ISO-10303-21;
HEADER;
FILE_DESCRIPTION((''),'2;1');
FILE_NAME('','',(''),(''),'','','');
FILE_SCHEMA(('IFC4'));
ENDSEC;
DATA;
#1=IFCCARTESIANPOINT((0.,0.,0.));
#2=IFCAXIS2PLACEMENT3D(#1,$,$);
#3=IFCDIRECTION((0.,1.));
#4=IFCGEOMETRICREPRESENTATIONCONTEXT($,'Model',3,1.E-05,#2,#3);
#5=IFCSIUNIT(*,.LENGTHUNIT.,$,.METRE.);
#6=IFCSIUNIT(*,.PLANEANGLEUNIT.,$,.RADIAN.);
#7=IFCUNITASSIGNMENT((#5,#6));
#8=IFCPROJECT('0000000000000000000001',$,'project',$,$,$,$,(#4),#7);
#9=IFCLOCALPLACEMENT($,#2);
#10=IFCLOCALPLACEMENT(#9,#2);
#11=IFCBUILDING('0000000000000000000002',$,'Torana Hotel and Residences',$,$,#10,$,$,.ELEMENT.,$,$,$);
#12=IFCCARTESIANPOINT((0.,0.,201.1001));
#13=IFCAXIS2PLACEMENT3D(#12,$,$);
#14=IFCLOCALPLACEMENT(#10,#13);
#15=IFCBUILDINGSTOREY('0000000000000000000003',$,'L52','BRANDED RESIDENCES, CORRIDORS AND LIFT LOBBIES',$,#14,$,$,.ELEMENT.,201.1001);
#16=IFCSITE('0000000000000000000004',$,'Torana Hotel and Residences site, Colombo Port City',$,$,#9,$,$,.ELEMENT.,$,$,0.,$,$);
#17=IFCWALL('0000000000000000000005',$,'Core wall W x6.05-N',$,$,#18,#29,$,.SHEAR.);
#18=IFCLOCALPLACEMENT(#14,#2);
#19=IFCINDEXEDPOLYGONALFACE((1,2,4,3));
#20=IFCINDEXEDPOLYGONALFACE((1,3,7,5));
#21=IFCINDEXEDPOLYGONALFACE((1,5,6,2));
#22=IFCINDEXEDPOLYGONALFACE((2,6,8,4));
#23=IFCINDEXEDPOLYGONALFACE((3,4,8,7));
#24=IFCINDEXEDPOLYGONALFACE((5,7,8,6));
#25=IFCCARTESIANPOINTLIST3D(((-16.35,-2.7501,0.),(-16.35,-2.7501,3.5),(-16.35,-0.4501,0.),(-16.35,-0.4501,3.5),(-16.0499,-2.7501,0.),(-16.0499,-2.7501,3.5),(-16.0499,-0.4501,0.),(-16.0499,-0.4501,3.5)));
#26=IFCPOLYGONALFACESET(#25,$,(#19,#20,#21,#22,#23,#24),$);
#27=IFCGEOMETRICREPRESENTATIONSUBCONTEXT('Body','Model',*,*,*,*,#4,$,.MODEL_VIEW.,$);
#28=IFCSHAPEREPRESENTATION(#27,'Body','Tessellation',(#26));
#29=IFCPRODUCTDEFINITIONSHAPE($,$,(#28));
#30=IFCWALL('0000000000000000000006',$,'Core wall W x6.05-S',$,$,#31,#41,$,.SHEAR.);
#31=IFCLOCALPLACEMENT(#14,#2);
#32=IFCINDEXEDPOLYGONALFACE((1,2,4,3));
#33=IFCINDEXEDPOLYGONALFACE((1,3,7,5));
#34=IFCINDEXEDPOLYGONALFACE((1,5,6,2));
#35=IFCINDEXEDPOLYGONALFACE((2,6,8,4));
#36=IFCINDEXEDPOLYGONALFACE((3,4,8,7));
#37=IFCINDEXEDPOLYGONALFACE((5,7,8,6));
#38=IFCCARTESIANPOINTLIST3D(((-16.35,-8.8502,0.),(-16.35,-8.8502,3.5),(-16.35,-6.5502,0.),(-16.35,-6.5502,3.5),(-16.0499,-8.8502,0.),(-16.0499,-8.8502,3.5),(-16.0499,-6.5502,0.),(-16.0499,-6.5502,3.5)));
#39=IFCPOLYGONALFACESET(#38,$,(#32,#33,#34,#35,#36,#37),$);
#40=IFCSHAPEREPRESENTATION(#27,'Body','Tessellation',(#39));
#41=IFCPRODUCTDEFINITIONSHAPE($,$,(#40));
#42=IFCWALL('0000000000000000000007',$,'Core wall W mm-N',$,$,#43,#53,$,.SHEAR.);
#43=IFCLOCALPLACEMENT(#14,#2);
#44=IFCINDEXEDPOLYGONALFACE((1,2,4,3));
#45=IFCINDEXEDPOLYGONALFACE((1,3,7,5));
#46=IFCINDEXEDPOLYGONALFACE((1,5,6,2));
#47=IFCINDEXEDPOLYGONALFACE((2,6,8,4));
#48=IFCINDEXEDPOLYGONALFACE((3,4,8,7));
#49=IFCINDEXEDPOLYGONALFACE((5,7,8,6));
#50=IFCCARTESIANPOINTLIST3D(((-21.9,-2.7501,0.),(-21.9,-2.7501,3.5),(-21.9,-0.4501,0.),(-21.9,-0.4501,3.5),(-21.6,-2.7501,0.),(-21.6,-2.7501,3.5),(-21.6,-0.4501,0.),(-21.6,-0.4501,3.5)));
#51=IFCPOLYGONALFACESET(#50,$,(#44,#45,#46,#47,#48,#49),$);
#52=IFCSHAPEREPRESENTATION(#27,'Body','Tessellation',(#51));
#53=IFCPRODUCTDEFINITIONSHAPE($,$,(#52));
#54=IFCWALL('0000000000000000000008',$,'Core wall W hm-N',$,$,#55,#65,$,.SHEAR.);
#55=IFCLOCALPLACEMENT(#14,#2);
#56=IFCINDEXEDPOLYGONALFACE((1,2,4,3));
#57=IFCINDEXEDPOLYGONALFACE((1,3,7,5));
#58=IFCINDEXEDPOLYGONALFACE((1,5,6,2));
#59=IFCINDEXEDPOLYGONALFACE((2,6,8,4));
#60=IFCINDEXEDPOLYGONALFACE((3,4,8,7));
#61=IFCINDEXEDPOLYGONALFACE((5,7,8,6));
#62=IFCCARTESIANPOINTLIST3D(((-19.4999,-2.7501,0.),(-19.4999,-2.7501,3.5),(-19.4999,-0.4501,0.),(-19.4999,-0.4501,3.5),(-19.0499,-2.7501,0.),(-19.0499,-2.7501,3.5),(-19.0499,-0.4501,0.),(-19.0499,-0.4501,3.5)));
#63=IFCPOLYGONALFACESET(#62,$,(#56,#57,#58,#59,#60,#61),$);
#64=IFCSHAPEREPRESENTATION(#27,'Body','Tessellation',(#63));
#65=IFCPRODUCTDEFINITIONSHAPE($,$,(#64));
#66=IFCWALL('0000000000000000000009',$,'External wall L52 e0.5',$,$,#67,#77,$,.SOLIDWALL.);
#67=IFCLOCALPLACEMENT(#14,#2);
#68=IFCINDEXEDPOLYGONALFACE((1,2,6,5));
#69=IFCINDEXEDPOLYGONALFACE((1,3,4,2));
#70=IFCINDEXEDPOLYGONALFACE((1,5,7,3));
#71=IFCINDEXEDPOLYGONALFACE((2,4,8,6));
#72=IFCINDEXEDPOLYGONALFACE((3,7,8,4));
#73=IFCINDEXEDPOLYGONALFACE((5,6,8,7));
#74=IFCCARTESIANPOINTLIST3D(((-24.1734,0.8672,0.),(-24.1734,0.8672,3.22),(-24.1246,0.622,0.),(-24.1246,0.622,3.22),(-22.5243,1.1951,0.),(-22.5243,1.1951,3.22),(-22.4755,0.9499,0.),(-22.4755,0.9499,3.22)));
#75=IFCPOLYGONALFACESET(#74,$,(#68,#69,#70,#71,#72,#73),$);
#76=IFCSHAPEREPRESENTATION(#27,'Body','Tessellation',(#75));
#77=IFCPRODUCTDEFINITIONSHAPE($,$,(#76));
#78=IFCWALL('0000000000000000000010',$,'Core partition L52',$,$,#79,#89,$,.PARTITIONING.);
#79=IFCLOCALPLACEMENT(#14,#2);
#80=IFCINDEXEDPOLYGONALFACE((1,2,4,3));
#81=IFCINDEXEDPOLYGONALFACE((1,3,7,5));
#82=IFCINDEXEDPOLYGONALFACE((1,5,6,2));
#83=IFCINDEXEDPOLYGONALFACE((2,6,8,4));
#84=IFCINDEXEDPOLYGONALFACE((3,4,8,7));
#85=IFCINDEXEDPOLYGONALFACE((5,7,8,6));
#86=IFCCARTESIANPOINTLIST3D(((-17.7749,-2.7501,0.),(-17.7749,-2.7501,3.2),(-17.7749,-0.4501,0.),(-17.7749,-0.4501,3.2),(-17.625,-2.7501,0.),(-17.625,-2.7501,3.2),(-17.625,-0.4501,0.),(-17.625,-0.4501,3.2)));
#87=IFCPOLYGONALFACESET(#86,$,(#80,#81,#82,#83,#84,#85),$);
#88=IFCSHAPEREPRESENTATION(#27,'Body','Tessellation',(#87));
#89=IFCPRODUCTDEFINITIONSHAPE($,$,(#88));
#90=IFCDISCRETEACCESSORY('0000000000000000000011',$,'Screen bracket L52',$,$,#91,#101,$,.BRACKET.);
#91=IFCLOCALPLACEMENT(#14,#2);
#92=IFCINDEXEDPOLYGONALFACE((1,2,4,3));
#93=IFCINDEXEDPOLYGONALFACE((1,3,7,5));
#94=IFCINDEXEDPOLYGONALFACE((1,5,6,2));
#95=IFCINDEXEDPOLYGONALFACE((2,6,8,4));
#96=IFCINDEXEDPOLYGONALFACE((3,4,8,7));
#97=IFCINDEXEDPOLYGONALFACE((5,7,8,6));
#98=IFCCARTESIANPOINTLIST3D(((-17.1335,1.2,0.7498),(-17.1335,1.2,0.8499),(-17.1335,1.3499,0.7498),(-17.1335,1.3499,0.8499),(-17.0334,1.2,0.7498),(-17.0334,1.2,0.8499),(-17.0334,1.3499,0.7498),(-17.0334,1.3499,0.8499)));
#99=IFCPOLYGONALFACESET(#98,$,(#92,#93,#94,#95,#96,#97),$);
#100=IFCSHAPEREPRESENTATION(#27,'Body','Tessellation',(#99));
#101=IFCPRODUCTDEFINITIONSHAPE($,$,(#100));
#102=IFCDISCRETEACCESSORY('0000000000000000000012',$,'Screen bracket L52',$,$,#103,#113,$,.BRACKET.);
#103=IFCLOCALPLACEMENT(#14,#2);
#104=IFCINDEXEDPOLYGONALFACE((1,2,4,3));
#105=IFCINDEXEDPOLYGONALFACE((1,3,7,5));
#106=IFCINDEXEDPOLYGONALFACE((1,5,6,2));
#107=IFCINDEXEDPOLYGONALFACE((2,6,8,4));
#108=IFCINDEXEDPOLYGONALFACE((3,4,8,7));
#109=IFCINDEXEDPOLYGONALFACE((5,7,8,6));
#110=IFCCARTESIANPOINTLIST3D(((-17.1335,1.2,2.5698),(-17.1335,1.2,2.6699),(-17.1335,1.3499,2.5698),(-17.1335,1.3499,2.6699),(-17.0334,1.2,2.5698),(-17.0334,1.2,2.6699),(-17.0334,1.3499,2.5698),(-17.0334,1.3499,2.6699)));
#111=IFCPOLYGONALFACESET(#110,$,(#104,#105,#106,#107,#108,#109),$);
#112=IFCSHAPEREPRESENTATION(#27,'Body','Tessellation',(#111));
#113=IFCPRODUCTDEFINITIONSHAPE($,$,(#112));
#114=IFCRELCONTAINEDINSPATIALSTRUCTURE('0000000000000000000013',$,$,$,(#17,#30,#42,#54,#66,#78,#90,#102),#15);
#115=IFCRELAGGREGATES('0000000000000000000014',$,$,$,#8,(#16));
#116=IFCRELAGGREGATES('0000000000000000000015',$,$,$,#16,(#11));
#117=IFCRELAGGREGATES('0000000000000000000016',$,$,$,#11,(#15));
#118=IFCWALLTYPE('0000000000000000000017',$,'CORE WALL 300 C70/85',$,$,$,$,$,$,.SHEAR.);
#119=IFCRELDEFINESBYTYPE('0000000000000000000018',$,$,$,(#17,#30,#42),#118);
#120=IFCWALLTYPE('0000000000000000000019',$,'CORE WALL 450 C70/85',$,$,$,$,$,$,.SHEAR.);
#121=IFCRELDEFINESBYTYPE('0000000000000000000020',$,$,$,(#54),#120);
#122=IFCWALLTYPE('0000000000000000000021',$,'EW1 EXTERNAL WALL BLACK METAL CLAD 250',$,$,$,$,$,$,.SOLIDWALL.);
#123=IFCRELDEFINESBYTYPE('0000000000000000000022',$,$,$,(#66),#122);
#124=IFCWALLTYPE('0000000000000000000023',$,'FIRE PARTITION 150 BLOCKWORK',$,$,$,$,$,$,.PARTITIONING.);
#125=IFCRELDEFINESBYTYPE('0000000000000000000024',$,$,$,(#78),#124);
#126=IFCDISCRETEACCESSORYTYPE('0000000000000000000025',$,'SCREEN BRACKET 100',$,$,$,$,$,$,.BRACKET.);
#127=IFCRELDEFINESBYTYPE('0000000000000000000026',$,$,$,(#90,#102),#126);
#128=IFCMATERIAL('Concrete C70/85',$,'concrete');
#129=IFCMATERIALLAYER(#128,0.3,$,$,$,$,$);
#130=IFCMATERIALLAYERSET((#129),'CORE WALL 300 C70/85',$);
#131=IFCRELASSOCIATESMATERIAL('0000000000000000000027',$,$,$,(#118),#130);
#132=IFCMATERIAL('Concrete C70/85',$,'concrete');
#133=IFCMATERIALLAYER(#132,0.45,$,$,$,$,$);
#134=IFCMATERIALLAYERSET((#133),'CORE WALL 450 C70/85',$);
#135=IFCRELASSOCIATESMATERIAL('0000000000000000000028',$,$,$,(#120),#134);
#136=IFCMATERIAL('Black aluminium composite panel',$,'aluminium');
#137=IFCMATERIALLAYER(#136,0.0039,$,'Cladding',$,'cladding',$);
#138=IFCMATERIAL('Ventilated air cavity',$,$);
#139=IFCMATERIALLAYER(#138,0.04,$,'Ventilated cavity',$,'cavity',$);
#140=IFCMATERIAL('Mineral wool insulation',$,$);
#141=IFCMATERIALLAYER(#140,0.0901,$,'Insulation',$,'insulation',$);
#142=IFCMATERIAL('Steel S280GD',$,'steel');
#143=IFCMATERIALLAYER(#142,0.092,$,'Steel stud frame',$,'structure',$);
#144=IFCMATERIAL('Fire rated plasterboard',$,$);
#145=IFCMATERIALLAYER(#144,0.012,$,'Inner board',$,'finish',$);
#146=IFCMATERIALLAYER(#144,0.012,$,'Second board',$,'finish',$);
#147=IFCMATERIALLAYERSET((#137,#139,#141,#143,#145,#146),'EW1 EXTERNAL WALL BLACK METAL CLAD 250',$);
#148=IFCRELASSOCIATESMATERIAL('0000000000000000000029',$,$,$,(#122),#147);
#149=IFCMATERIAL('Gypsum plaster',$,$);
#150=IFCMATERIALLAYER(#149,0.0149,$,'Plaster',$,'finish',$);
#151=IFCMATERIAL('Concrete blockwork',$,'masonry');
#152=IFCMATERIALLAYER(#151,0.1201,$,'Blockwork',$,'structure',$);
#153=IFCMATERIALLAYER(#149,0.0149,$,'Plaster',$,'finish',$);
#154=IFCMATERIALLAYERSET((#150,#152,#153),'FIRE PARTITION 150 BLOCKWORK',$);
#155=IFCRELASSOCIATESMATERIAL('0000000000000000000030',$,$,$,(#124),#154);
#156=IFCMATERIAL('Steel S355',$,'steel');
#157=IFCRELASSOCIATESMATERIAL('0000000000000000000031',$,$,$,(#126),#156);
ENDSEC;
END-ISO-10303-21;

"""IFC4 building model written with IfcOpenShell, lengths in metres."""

from ifc_helpers import new_model, si_unit, direction, frame, frame_2d, origin, origin_2d, place, context, subcontext, project, spatial, rectangle, extrude, material, layer, layer_set, type_object, element, save


model = new_model("IFC4")

# Units and contexts
model_context = context("Model", 3, precision=1e-05, world=origin(), true_north=direction((0.0, 1.0)))
body_context = subcontext(model_context, "Body", "Model", "MODEL_VIEW")
ifc_project = project(units=[si_unit("LENGTHUNIT", "METRE"), si_unit("PLANEANGLEUNIT", "RADIAN")], contexts=[model_context])

# Site, building, storey
site_placement = place(None, origin())
site = spatial("IfcSite", under=ifc_project, at=site_placement, Name="Torana Hotel and Residences site, Colombo Port City", CompositionType="ELEMENT", RefElevation=0.0)
building_placement = place(site_placement, origin())
building = spatial("IfcBuilding", under=site, at=building_placement, Name="Torana Hotel and Residences", CompositionType="ELEMENT")
storey_placement = place(building_placement, frame((0.0, 0.0, 201.1001)))
storey = spatial("IfcBuildingStorey", under=building, at=storey_placement, Name="L52", Description="BRANDED RESIDENCES, CORRIDORS AND LIFT LOBBIES", CompositionType="ELEMENT", Elevation=201.1001)

# Walls
ifc_material_1 = material(Name="Concrete C70/85", Category="concrete")
ifc_layer_1 = layer(ifc_material_1, 0.3)
ifc_layer_set_1 = layer_set([ifc_layer_1], Name="CORE WALL 300 C70/85")
wall_type_1 = type_object("IfcWallType", Name="CORE WALL 300 C70/85", PredefinedType="SHEAR", material=ifc_layer_set_1)
for number, where, z_axis, x_axis, name in (
    (1, (-16.2, -2.75, 0.0), (0.0, 0.0, 1.0), (0.0, 1.0, 0.0), "Core wall W x6.05-N"),
    (2, (-16.2, -8.8501, 0.0), (0.0, 0.0, 1.0), (0.0, 1.0, 0.0), "Core wall W x6.05-S"),
    (3, (-21.75, -2.75, 0.0), (0.0, 0.0, 1.0), (0.0, 1.0, 0.0), "Core wall W mm-N"),
):
    element("IfcWall", number, at=place(storey_placement, frame(where, z_axis=z_axis, x_axis=x_axis)), inside=storey, type_object=wall_type_1, Name=name, PredefinedType="SHEAR", context=body_context, shape_type="SweptSolid", body=[
        extrude(rectangle(XDim=2.3, YDim=0.3, at=frame_2d((1.1499, 0.0))), origin(), (0.0, 0.0, 1.0), 3.5),
    ])
ifc_material_2 = material(Name="Concrete C70/85", Category="concrete")
ifc_layer_2 = layer(ifc_material_2, 0.45)
ifc_layer_set_2 = layer_set([ifc_layer_2], Name="CORE WALL 450 C70/85")
wall_type_2 = type_object("IfcWallType", Name="CORE WALL 450 C70/85", PredefinedType="SHEAR", material=ifc_layer_set_2)
wall_1_placement = place(storey_placement, frame((-19.2749, -2.75, 0.0), z_axis=(0.0, 0.0, 1.0), x_axis=(0.0, 1.0, 0.0)))
element("IfcWall", 4, at=wall_1_placement, inside=storey, type_object=wall_type_2, Name="Core wall W hm-N", PredefinedType="SHEAR", context=body_context, shape_type="SweptSolid", body=[
    extrude(rectangle(XDim=2.3, YDim=0.45, at=frame_2d((1.1499, 0.0))), origin(), (0.0, 0.0, 1.0), 3.5),
])
ifc_material_3 = material(Name="Black aluminium composite panel", Category="aluminium")
ifc_layer_3 = layer(ifc_material_3, 0.0039, Name="Cladding", Category="cladding")
ifc_material_4 = material(Name="Ventilated air cavity")
ifc_layer_4 = layer(ifc_material_4, 0.04, Name="Ventilated cavity", Category="cavity")
ifc_material_5 = material(Name="Mineral wool insulation")
ifc_layer_5 = layer(ifc_material_5, 0.0901, Name="Insulation", Category="insulation")
ifc_material_6 = material(Name="Steel S280GD", Category="steel")
ifc_layer_6 = layer(ifc_material_6, 0.092, Name="Steel stud frame", Category="structure")
ifc_material_7 = material(Name="Fire rated plasterboard")
ifc_layer_7 = layer(ifc_material_7, 0.012, Name="Inner board", Category="finish")
ifc_layer_8 = layer(ifc_material_7, 0.012, Name="Second board", Category="finish")
ifc_layer_set_3 = layer_set([ifc_layer_3, ifc_layer_4, ifc_layer_5, ifc_layer_6, ifc_layer_7, ifc_layer_8], Name="EW1 EXTERNAL WALL BLACK METAL CLAD 250")
wall_type_3 = type_object("IfcWallType", Name="EW1 EXTERNAL WALL BLACK METAL CLAD 250", PredefinedType="SOLIDWALL", material=ifc_layer_set_3)
wall_2_placement = place(storey_placement, frame((-22.4998, 1.0725, 0.0), z_axis=(0.0, 0.0, 1.0), x_axis=(-0.980803, -0.194999, 0.0)))
element("IfcWall", 5, at=wall_2_placement, inside=storey, type_object=wall_type_3, Name="External wall L52 e0.5", PredefinedType="SOLIDWALL", context=body_context, shape_type="SweptSolid", body=[
    extrude(rectangle(XDim=1.6814, YDim=0.25, at=frame_2d((0.8408, 0.0))), origin(), (0.0, 0.0, 1.0), 3.22),
])
ifc_material_8 = material(Name="Gypsum plaster")
ifc_layer_9 = layer(ifc_material_8, 0.0149, Name="Plaster", Category="finish")
ifc_material_9 = material(Name="Concrete blockwork", Category="masonry")
ifc_layer_10 = layer(ifc_material_9, 0.1201, Name="Blockwork", Category="structure")
ifc_layer_11 = layer(ifc_material_8, 0.0149, Name="Plaster", Category="finish")
ifc_layer_set_4 = layer_set([ifc_layer_9, ifc_layer_10, ifc_layer_11], Name="FIRE PARTITION 150 BLOCKWORK")
wall_type_4 = type_object("IfcWallType", Name="FIRE PARTITION 150 BLOCKWORK", PredefinedType="PARTITIONING", material=ifc_layer_set_4)
wall_3_placement = place(storey_placement, frame((-17.7, -2.75, 0.0), z_axis=(0.0, 0.0, 1.0), x_axis=(0.0, 1.0, 0.0)))
element("IfcWall", 6, at=wall_3_placement, inside=storey, type_object=wall_type_4, Name="Core partition L52", PredefinedType="PARTITIONING", context=body_context, shape_type="SweptSolid", body=[
    extrude(rectangle(XDim=2.3, YDim=0.1499, at=frame_2d((1.1499, 0.0))), origin(), (0.0, 0.0, 1.0), 3.2),
])

# Discrete accessories
ifc_material_10 = material(Name="Steel S355", Category="steel")
discrete_accessory_type = type_object("IfcDiscreteAccessoryType", Name="SCREEN BRACKET 100", PredefinedType="BRACKET", material=ifc_material_10)
for number, where, z_axis, x_axis, name in (
    (7, (-17.0835, 1.2749, 0.7498), (0.0, 0.0, 1.0), (-1.0, 0.0, 0.0), "Screen bracket L52"),
    (8, (-17.0835, 1.2749, 2.5698), (0.0, 0.0, 1.0), (-1.0, 0.0, 0.0), "Screen bracket L52"),
):
    element("IfcDiscreteAccessory", number, at=place(storey_placement, frame(where, z_axis=z_axis, x_axis=x_axis)), inside=storey, type_object=discrete_accessory_type, Name=name, PredefinedType="BRACKET", context=body_context, shape_type="SweptSolid", body=[
        extrude(rectangle(XDim=0.1001, YDim=0.1499, at=origin_2d()), origin(), (0.0, 0.0, 1.0), 0.1001),
    ])

save(model, "model.ifc")
